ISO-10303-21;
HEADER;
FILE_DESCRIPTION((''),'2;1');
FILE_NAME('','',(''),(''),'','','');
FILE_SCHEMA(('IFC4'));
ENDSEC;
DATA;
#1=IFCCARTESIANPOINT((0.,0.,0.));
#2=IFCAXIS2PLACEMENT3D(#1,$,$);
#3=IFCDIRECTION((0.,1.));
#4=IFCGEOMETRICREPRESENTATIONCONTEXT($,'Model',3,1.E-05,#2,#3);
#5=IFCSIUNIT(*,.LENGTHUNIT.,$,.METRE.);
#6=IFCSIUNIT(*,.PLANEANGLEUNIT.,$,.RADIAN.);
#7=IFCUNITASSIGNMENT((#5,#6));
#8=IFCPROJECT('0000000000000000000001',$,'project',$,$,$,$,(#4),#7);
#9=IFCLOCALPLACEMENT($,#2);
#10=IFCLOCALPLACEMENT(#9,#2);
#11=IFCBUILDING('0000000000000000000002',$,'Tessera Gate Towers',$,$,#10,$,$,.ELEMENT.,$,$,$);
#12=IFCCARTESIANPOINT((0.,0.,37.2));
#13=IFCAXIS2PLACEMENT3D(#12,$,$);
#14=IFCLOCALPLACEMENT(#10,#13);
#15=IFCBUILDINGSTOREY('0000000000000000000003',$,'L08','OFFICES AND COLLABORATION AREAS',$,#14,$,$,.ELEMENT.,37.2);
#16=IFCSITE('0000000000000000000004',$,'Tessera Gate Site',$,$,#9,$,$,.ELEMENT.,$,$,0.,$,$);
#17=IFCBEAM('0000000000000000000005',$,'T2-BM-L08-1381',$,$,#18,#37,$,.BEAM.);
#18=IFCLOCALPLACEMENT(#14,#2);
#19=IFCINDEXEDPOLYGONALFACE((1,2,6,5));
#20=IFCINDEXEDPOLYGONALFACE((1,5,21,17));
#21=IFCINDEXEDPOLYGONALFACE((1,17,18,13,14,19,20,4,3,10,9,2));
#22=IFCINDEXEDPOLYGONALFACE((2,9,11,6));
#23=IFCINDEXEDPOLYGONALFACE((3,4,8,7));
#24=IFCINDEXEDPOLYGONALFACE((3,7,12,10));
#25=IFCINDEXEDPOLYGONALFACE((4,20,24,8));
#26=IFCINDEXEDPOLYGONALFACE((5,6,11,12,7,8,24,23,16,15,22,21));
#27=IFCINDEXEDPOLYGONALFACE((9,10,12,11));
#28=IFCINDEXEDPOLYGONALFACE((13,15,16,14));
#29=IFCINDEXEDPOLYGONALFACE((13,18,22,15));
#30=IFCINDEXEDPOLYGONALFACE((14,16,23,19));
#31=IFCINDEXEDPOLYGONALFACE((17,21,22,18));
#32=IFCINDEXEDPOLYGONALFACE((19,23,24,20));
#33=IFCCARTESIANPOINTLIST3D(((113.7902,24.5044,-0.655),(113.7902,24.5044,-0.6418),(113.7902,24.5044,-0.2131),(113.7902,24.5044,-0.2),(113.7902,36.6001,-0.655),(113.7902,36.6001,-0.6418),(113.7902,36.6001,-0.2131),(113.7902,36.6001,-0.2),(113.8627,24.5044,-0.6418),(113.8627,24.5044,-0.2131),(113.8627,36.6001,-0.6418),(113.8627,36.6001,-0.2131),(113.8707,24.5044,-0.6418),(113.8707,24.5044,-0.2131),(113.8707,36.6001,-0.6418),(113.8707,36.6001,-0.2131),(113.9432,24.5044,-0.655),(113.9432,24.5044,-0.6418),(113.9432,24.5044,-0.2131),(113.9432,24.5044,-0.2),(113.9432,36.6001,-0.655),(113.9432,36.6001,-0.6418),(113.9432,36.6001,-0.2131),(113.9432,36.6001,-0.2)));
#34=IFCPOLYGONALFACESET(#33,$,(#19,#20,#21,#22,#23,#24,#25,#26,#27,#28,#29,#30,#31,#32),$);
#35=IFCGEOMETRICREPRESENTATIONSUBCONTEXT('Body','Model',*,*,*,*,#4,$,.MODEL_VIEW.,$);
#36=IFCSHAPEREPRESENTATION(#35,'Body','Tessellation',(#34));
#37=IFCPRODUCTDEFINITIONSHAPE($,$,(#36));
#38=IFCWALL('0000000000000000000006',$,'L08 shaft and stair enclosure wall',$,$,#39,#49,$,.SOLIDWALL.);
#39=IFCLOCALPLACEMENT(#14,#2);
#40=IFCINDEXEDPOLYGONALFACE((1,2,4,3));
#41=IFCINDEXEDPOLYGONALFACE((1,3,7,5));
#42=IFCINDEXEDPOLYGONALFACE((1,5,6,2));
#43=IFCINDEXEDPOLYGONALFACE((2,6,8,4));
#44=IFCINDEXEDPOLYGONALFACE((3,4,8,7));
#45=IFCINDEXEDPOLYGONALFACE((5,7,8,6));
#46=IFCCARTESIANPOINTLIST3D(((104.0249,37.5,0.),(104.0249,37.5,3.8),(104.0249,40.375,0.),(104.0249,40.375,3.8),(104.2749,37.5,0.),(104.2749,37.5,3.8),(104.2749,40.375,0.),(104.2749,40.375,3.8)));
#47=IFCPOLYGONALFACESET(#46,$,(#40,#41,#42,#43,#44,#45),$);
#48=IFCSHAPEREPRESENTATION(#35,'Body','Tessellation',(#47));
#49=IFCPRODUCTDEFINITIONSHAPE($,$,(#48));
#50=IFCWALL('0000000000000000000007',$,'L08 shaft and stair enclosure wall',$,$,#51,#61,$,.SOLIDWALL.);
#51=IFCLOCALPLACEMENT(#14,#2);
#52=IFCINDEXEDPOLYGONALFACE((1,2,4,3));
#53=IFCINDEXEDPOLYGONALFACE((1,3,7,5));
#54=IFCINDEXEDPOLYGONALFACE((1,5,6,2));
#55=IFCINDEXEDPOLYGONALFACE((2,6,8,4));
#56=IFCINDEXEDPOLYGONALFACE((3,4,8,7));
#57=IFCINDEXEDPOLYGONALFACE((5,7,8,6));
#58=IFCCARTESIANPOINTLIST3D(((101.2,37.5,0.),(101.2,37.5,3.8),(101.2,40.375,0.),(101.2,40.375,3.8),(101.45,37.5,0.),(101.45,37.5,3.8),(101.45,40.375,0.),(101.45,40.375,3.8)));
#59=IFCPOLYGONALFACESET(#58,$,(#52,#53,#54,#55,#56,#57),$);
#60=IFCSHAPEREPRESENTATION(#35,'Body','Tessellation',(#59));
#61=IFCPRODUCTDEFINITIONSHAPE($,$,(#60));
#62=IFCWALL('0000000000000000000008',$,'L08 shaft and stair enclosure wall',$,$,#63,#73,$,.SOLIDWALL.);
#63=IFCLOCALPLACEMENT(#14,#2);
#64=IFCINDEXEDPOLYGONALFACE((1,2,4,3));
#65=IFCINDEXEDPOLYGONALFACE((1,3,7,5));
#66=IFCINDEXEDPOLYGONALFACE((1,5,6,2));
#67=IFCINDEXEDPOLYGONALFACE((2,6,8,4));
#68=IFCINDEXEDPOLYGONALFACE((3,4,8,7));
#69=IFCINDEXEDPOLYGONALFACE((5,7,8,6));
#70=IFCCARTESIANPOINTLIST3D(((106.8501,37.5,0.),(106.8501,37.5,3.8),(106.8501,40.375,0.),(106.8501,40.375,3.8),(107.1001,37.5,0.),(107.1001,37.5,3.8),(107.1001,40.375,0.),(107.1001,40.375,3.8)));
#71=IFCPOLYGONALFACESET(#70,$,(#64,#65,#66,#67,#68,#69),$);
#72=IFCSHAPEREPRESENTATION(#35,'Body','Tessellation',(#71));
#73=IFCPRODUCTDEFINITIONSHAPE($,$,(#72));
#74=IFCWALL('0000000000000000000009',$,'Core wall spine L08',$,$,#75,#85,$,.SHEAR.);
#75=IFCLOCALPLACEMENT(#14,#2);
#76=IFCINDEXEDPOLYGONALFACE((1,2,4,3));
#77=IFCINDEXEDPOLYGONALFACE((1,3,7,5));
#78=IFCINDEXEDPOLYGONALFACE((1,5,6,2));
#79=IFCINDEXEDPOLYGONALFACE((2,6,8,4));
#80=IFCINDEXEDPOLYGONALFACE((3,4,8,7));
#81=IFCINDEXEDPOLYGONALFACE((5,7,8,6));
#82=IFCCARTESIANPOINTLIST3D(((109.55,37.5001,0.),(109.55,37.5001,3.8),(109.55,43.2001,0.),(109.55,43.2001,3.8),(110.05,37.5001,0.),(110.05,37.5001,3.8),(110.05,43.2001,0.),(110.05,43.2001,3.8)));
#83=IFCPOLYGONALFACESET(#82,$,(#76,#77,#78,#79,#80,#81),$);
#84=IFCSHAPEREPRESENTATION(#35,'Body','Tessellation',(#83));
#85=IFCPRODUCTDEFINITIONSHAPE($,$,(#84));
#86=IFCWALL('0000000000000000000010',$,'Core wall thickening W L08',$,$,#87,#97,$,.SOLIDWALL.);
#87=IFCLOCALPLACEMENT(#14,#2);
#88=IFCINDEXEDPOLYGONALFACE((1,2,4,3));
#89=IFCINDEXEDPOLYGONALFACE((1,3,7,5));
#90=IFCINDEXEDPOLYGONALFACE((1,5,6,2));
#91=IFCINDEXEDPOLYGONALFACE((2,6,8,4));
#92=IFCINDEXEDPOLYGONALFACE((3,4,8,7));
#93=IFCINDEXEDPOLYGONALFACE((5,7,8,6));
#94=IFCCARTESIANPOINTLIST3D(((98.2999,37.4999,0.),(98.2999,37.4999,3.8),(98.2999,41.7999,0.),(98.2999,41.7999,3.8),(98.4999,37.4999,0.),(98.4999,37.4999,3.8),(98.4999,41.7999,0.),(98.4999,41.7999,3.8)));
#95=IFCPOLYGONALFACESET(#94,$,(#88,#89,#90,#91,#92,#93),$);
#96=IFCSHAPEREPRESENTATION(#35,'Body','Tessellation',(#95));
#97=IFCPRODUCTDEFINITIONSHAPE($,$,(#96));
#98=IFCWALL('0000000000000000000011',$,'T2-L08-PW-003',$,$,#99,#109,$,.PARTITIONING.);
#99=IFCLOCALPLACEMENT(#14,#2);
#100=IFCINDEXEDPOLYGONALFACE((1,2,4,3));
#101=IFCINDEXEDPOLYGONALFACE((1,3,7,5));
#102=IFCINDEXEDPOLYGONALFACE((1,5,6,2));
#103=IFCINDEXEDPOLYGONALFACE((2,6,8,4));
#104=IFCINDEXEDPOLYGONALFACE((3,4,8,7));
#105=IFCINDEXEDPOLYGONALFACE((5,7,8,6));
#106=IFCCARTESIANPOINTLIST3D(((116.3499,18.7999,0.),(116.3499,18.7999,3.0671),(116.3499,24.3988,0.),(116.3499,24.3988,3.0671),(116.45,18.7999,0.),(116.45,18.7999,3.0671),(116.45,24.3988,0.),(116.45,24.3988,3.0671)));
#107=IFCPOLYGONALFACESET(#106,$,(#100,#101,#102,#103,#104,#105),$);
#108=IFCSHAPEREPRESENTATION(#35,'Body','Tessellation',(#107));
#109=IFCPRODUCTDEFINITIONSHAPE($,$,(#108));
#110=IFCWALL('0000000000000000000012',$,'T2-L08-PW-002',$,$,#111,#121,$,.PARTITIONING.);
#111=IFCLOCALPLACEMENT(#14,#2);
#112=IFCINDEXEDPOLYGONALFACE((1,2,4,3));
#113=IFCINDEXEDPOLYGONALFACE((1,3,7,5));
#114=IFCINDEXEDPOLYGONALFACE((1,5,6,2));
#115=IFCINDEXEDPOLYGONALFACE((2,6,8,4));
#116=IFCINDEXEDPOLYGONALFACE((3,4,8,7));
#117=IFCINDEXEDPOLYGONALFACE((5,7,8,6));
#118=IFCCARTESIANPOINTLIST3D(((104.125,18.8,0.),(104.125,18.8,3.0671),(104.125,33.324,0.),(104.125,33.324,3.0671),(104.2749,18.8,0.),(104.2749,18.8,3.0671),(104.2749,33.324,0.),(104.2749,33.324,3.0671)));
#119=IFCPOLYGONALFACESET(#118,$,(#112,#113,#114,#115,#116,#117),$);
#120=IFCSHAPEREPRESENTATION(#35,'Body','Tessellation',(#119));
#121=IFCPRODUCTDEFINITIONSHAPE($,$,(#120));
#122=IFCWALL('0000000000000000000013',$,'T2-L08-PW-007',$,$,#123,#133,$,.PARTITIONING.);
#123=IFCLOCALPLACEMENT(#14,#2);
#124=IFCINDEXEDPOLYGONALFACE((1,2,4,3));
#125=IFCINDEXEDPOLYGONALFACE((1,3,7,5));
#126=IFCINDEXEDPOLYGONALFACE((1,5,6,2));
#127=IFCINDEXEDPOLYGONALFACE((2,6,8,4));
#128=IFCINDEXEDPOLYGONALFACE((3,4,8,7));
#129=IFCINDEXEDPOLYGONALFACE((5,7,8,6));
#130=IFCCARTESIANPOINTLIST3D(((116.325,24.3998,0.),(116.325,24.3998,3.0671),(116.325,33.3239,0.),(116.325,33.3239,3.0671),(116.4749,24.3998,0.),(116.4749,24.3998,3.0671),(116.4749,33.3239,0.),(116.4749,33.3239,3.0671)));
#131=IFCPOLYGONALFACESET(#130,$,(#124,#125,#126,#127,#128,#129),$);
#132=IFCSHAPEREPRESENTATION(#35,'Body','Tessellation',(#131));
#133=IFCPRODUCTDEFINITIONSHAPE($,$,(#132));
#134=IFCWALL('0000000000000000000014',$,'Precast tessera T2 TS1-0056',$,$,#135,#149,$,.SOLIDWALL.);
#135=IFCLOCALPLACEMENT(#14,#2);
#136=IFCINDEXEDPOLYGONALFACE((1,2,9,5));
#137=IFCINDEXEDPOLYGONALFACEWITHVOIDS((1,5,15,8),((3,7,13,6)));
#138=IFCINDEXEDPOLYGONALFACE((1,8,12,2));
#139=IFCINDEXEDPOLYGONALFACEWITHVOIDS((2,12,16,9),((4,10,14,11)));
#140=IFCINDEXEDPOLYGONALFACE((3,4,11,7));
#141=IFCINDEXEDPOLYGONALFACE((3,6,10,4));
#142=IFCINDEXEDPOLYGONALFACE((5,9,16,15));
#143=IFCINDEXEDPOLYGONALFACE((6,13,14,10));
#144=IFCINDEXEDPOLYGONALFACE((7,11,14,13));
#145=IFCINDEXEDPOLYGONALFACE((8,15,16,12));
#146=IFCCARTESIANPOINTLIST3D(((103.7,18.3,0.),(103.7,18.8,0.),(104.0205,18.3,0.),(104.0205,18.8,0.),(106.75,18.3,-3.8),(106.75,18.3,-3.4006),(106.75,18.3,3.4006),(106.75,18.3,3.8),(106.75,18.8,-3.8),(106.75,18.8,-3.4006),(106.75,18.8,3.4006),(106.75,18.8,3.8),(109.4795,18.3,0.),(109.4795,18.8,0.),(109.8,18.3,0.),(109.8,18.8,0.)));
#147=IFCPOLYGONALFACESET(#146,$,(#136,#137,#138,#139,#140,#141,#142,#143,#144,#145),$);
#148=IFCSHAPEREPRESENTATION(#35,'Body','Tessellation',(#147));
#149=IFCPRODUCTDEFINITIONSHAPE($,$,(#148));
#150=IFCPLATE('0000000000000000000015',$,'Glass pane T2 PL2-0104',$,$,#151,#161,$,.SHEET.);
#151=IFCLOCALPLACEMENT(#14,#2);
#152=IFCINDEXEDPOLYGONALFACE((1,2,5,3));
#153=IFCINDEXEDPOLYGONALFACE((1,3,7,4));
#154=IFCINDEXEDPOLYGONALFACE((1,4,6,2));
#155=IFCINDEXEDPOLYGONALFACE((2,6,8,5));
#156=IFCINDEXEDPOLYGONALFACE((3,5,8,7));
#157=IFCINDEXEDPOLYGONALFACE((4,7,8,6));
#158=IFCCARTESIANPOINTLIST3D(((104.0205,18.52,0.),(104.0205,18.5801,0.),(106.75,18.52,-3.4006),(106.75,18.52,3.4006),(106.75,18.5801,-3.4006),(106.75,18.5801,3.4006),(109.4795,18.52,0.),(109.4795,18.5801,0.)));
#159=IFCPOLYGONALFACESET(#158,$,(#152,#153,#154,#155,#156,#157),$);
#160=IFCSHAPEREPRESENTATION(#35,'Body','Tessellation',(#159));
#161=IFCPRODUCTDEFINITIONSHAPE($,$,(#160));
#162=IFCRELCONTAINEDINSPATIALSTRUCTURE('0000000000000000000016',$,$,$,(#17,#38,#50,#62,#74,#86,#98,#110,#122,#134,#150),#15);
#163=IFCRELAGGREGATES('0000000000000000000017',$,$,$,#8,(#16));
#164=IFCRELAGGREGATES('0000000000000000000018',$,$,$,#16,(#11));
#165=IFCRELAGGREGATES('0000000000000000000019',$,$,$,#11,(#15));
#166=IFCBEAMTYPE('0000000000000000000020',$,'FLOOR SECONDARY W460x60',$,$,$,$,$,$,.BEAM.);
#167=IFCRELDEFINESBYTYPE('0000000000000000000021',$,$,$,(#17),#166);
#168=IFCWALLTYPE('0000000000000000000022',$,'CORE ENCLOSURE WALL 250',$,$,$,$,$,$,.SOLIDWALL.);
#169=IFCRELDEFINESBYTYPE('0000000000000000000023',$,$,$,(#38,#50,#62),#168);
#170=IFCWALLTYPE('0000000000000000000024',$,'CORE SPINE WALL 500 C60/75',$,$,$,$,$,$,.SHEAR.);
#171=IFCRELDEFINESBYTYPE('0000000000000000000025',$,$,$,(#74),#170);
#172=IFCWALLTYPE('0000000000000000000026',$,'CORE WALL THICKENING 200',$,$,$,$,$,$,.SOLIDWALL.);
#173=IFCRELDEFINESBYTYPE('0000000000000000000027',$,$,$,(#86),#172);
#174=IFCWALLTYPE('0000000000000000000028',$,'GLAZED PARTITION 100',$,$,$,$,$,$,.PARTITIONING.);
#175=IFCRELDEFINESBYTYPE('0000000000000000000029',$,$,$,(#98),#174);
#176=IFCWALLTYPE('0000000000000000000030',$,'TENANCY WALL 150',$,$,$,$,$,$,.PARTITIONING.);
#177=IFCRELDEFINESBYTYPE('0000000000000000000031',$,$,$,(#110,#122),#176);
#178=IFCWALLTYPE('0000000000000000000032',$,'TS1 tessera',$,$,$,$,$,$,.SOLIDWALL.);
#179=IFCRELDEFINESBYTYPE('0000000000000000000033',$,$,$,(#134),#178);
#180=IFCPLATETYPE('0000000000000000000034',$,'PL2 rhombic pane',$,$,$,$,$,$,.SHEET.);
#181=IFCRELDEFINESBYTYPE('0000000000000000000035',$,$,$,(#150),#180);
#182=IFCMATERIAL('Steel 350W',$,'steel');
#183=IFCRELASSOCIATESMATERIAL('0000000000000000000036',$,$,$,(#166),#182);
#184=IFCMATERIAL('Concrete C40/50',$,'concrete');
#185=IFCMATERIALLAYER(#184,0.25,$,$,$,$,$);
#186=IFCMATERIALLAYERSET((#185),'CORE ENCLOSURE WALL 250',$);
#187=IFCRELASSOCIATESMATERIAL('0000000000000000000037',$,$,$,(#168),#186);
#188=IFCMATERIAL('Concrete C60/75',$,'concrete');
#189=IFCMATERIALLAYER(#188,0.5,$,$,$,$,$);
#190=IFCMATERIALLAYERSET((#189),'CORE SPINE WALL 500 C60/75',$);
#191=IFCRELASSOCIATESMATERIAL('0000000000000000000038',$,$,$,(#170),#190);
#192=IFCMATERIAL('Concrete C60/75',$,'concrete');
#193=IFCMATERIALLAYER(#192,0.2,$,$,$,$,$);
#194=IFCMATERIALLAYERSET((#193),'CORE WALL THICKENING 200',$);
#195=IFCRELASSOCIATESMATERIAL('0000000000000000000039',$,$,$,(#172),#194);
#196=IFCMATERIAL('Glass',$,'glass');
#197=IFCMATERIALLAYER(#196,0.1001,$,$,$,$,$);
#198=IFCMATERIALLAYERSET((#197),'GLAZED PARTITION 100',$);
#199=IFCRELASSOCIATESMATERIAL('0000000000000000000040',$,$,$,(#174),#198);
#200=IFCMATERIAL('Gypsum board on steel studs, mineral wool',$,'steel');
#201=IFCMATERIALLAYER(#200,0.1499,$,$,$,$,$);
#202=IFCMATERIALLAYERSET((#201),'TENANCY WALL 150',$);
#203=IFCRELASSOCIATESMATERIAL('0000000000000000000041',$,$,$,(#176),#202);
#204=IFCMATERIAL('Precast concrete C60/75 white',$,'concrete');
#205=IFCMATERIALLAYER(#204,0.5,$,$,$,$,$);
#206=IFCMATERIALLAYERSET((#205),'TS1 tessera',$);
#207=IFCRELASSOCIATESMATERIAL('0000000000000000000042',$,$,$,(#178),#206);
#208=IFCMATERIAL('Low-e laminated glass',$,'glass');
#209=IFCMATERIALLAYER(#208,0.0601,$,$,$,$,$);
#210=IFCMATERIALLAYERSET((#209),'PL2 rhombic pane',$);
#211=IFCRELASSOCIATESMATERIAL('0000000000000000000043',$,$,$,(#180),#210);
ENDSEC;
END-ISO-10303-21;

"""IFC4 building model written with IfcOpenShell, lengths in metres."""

from ifc_helpers import new_model, si_unit, direction, frame, frame_2d, origin, origin_2d, place, context, subcontext, project, spatial, polyline, rectangle, i_section, outline, extrude, source, transform, mapped, material, layer, layer_set, material_profile, profile_set, type_object, element, fill, save


model = new_model("IFC4")

# Units and contexts
model_context = context("Model", 3, precision=1e-05, world=origin(), true_north=direction((0.0, 1.0)))
body_context = subcontext(model_context, "Body", "Model", "MODEL_VIEW")
ifc_project = project(units=[si_unit("LENGTHUNIT", "METRE"), si_unit("PLANEANGLEUNIT", "RADIAN")], contexts=[model_context])

# Site, building, storey
site_placement = place(None, origin())
site = spatial("IfcSite", under=ifc_project, at=site_placement, Name="Tessera Gate Site", CompositionType="ELEMENT", RefElevation=0.0)
building_placement = place(site_placement, origin())
building = spatial("IfcBuilding", under=site, at=building_placement, Name="Tessera Gate Towers", CompositionType="ELEMENT")
storey_placement = place(building_placement, frame((0.0, 0.0, 37.2)))
storey = spatial("IfcBuildingStorey", under=building, at=storey_placement, Name="L08", Description="OFFICES AND COLLABORATION AREAS", CompositionType="ELEMENT", Elevation=37.2)

# Beam
ifc_material_1 = material(Name="Steel 350W", Category="steel")
ifc_material_profile_1 = material_profile(ifc_material_1, i_section(OverallWidth=0.1531, OverallDepth=0.4551, WebThickness=0.0081, FlangeThickness=0.0132, at=origin_2d()), Name="W460x60")
ifc_profile_set_1 = profile_set([ifc_material_profile_1], Name="Steel 350W")
beam_type_1 = type_object("IfcBeamType", Name="FLOOR SECONDARY W460x60", PredefinedType="BEAM", material=ifc_profile_set_1)
beam_1_placement = place(storey_placement, frame((113.8667, 24.5044, -0.4275), z_axis=(0.0, 1.0, 0.0), x_axis=(-1.0, 0.0, 0.0)))
element("IfcBeam", 1, at=beam_1_placement, inside=storey, type_object=beam_type_1, Name="T2-BM-L08-1381", PredefinedType="BEAM", context=body_context, shape_type="SweptSolid", body=[
    extrude(i_section(OverallWidth=0.1531, OverallDepth=0.4551, WebThickness=0.0081, FlangeThickness=0.0132, at=origin_2d()), origin(), (0.0, 0.0, 1.0), 12.0957),
])

# Walls
ifc_material_2 = material(Name="Concrete C40/50", Category="concrete")
ifc_layer_1 = layer(ifc_material_2, 0.25)
ifc_layer_set_1 = layer_set([ifc_layer_1], Name="CORE ENCLOSURE WALL 250")
wall_type_1 = type_object("IfcWallType", Name="CORE ENCLOSURE WALL 250", PredefinedType="SOLIDWALL", material=ifc_layer_set_1)
for number, where, z_axis, x_axis, name in (
    (2, (104.1499, 37.5, 0.0), (0.0, 0.0, 1.0), (0.0, 1.0, 0.0), "L08 shaft and stair enclosure wall"),
    (3, (101.325, 37.5, 0.0), (0.0, 0.0, 1.0), (0.0, 1.0, 0.0), "L08 shaft and stair enclosure wall"),
    (4, (106.9751, 37.5, 0.0), (0.0, 0.0, 1.0), (0.0, 1.0, 0.0), "L08 shaft and stair enclosure wall"),
):
    element("IfcWall", number, at=place(storey_placement, frame(where, z_axis=z_axis, x_axis=x_axis)), inside=storey, type_object=wall_type_1, Name=name, PredefinedType="SOLIDWALL", context=body_context, shape_type="SweptSolid", body=[
        extrude(rectangle(XDim=2.875, YDim=0.25, at=frame_2d((1.4375, 0.0))), origin(), (0.0, 0.0, 1.0), 3.8),
    ])
ifc_material_3 = material(Name="Concrete C60/75", Category="concrete")
ifc_layer_2 = layer(ifc_material_3, 0.5)
ifc_layer_set_2 = layer_set([ifc_layer_2], Name="CORE SPINE WALL 500 C60/75")
wall_type_2 = type_object("IfcWallType", Name="CORE SPINE WALL 500 C60/75", PredefinedType="SHEAR", material=ifc_layer_set_2)
wall_1_placement = place(storey_placement, frame((109.8, 37.5, 0.0), z_axis=(0.0, 0.0, 1.0), x_axis=(0.0, 1.0, 0.0)))
element("IfcWall", 5, at=wall_1_placement, inside=storey, type_object=wall_type_2, Name="Core wall spine L08", PredefinedType="SHEAR", context=body_context, shape_type="SweptSolid", body=[
    extrude(rectangle(XDim=5.7, YDim=0.5, at=frame_2d((2.8501, 0.0))), origin(), (0.0, 0.0, 1.0), 3.8),
])
ifc_material_4 = material(Name="Concrete C60/75", Category="concrete")
ifc_layer_3 = layer(ifc_material_4, 0.2)
ifc_layer_set_3 = layer_set([ifc_layer_3], Name="CORE WALL THICKENING 200")
wall_type_3 = type_object("IfcWallType", Name="CORE WALL THICKENING 200", PredefinedType="SOLIDWALL", material=ifc_layer_set_3)
wall_2_placement = place(storey_placement, frame((98.3999, 37.5, 0.0), z_axis=(0.0, 0.0, 1.0), x_axis=(0.0, 1.0, 0.0)))
element("IfcWall", 6, at=wall_2_placement, inside=storey, type_object=wall_type_3, Name="Core wall thickening W L08", PredefinedType="SOLIDWALL", context=body_context, shape_type="SweptSolid", body=[
    extrude(rectangle(XDim=4.3, YDim=0.2, at=frame_2d((2.1499, 0.0))), origin(), (0.0, 0.0, 1.0), 3.8),
])
ifc_material_5 = material(Name="Glass", Category="glass")
ifc_layer_4 = layer(ifc_material_5, 0.1001)
ifc_layer_set_4 = layer_set([ifc_layer_4], Name="GLAZED PARTITION 100")
wall_type_4 = type_object("IfcWallType", Name="GLAZED PARTITION 100", PredefinedType="PARTITIONING", material=ifc_layer_set_4)
wall_3_placement = place(storey_placement, frame((116.3999, 18.8, 0.0), z_axis=(0.0, 0.0, 1.0), x_axis=(0.0, 1.0, 0.0)))
element("IfcWall", 7, at=wall_3_placement, inside=storey, type_object=wall_type_4, Name="T2-L08-PW-003", PredefinedType="PARTITIONING", context=body_context, shape_type="SweptSolid", body=[
    extrude(rectangle(XDim=5.5989, YDim=0.1001, at=frame_2d((2.7993, 0.0))), origin(), (0.0, 0.0, 1.0), 3.0671),
])
ifc_material_6 = material(Name="Gypsum board on steel studs, mineral wool", Category="steel")
ifc_layer_5 = layer(ifc_material_6, 0.1499)
ifc_layer_set_5 = layer_set([ifc_layer_5], Name="TENANCY WALL 150")
wall_type_5 = type_object("IfcWallType", Name="TENANCY WALL 150", PredefinedType="PARTITIONING", material=ifc_layer_set_5)
wall_4_placement = place(storey_placement, frame((104.2, 18.8, 0.0), z_axis=(0.0, 0.0, 1.0), x_axis=(0.0, 1.0, 0.0)))
element("IfcWall", 8, at=wall_4_placement, inside=storey, type_object=wall_type_5, Name="T2-L08-PW-002", PredefinedType="PARTITIONING", context=body_context, shape_type="SweptSolid", body=[
    extrude(rectangle(XDim=14.5239, YDim=0.1499, at=frame_2d((7.262, 0.0))), origin(), (0.0, 0.0, 1.0), 3.0671),
])
wall_5_placement = place(storey_placement, frame((116.3999, 24.3999, 0.0), z_axis=(0.0, 0.0, 1.0), x_axis=(0.0, 1.0, 0.0)))
element("IfcWall", 9, at=wall_5_placement, inside=storey, type_object=wall_type_5, Name="T2-L08-PW-007", PredefinedType="PARTITIONING", context=body_context, shape_type="SweptSolid", body=[
    extrude(rectangle(XDim=8.9241, YDim=0.1499, at=frame_2d((4.4619, 0.0))), origin(), (0.0, 0.0, 1.0), 3.0671),
])

# Wall, opening, plate
ifc_material_7 = material(Name="Precast concrete C60/75 white", Category="concrete")
ifc_layer_6 = layer(ifc_material_7, 0.5)
ifc_layer_set_6 = layer_set([ifc_layer_6], Name="TS1 tessera")
wall_type_6 = type_object("IfcWallType", Name="TS1 tessera", PredefinedType="SOLIDWALL", material=ifc_layer_set_6)
shared_shape_1 = source(origin(), body_context, "Body", "SweptSolid", [
    extrude(outline(polyline([(3.05, 0.0), (6.1001, 3.8), (3.05, 7.6001), (0.0, 3.8), (3.05, 0.0)])), frame((0.0, 0.25, 0.0), z_axis=(0.0, -1.0, 0.0), x_axis=(1.0, 0.0, 0.0)), (0.0, 0.0, 1.0), 0.5),
])
wall_6_placement = place(storey_placement, frame((103.7, 18.55, -3.8), z_axis=(0.0, 0.0, 1.0), x_axis=(1.0, 0.0, 0.0)))
wall_6 = element("IfcWall", 10, at=wall_6_placement, inside=storey, type_object=wall_type_6, Name="Precast tessera T2 TS1-0056", PredefinedType="SOLIDWALL", context=body_context, shape_type="MappedRepresentation", body=[
    mapped(shared_shape_1, transform((0.0, 0.0, 0.0), scale=1.0)),
])
shared_shape_2 = source(origin(), body_context, "Body", "SweptSolid", [
    extrude(outline(polyline([(3.05, 0.3994), (5.7795, 3.8), (3.05, 7.2007), (0.3206, 3.8), (3.05, 0.3994)])), frame((0.0, 0.26, 0.0), z_axis=(0.0, -1.0, 0.0), x_axis=(1.0, 0.0, 0.0)), (0.0, 0.0, 1.0), 0.52),
])
opening_1_placement = place(wall_6_placement, origin())
opening_1 = element("IfcOpeningElement", 11, at=opening_1_placement, cuts=wall_6, PredefinedType="OPENING", context=body_context, shape_type="MappedRepresentation", body=[
    mapped(shared_shape_2, transform((0.0, 0.0, 0.0), scale=1.0)),
])
ifc_material_8 = material(Name="Low-e laminated glass", Category="glass")
ifc_layer_7 = layer(ifc_material_8, 0.0601)
ifc_layer_set_7 = layer_set([ifc_layer_7], Name="PL2 rhombic pane")
plate_type = type_object("IfcPlateType", Name="PL2 rhombic pane", PredefinedType="SHEET", material=ifc_layer_set_7)
shared_shape_3 = source(origin(), body_context, "Body", "SweptSolid", [
    extrude(outline(polyline([(3.05, 0.3994), (5.7795, 3.8), (3.05, 7.2007), (0.3206, 3.8), (3.05, 0.3994)])), frame((0.0, 0.03, 0.0), z_axis=(0.0, -1.0, 0.0), x_axis=(1.0, 0.0, 0.0)), (0.0, 0.0, 1.0), 0.0601),
])
plate_1_placement = place(opening_1_placement, origin())
plate_1 = element("IfcPlate", 12, at=plate_1_placement, inside=storey, type_object=plate_type, Name="Glass pane T2 PL2-0104", PredefinedType="SHEET", context=body_context, shape_type="MappedRepresentation", body=[
    mapped(shared_shape_3, transform((0.0, 0.0, 0.0), scale=1.0)),
])
fill(opening_1, plate_1)

save(model, "model.ifc")
